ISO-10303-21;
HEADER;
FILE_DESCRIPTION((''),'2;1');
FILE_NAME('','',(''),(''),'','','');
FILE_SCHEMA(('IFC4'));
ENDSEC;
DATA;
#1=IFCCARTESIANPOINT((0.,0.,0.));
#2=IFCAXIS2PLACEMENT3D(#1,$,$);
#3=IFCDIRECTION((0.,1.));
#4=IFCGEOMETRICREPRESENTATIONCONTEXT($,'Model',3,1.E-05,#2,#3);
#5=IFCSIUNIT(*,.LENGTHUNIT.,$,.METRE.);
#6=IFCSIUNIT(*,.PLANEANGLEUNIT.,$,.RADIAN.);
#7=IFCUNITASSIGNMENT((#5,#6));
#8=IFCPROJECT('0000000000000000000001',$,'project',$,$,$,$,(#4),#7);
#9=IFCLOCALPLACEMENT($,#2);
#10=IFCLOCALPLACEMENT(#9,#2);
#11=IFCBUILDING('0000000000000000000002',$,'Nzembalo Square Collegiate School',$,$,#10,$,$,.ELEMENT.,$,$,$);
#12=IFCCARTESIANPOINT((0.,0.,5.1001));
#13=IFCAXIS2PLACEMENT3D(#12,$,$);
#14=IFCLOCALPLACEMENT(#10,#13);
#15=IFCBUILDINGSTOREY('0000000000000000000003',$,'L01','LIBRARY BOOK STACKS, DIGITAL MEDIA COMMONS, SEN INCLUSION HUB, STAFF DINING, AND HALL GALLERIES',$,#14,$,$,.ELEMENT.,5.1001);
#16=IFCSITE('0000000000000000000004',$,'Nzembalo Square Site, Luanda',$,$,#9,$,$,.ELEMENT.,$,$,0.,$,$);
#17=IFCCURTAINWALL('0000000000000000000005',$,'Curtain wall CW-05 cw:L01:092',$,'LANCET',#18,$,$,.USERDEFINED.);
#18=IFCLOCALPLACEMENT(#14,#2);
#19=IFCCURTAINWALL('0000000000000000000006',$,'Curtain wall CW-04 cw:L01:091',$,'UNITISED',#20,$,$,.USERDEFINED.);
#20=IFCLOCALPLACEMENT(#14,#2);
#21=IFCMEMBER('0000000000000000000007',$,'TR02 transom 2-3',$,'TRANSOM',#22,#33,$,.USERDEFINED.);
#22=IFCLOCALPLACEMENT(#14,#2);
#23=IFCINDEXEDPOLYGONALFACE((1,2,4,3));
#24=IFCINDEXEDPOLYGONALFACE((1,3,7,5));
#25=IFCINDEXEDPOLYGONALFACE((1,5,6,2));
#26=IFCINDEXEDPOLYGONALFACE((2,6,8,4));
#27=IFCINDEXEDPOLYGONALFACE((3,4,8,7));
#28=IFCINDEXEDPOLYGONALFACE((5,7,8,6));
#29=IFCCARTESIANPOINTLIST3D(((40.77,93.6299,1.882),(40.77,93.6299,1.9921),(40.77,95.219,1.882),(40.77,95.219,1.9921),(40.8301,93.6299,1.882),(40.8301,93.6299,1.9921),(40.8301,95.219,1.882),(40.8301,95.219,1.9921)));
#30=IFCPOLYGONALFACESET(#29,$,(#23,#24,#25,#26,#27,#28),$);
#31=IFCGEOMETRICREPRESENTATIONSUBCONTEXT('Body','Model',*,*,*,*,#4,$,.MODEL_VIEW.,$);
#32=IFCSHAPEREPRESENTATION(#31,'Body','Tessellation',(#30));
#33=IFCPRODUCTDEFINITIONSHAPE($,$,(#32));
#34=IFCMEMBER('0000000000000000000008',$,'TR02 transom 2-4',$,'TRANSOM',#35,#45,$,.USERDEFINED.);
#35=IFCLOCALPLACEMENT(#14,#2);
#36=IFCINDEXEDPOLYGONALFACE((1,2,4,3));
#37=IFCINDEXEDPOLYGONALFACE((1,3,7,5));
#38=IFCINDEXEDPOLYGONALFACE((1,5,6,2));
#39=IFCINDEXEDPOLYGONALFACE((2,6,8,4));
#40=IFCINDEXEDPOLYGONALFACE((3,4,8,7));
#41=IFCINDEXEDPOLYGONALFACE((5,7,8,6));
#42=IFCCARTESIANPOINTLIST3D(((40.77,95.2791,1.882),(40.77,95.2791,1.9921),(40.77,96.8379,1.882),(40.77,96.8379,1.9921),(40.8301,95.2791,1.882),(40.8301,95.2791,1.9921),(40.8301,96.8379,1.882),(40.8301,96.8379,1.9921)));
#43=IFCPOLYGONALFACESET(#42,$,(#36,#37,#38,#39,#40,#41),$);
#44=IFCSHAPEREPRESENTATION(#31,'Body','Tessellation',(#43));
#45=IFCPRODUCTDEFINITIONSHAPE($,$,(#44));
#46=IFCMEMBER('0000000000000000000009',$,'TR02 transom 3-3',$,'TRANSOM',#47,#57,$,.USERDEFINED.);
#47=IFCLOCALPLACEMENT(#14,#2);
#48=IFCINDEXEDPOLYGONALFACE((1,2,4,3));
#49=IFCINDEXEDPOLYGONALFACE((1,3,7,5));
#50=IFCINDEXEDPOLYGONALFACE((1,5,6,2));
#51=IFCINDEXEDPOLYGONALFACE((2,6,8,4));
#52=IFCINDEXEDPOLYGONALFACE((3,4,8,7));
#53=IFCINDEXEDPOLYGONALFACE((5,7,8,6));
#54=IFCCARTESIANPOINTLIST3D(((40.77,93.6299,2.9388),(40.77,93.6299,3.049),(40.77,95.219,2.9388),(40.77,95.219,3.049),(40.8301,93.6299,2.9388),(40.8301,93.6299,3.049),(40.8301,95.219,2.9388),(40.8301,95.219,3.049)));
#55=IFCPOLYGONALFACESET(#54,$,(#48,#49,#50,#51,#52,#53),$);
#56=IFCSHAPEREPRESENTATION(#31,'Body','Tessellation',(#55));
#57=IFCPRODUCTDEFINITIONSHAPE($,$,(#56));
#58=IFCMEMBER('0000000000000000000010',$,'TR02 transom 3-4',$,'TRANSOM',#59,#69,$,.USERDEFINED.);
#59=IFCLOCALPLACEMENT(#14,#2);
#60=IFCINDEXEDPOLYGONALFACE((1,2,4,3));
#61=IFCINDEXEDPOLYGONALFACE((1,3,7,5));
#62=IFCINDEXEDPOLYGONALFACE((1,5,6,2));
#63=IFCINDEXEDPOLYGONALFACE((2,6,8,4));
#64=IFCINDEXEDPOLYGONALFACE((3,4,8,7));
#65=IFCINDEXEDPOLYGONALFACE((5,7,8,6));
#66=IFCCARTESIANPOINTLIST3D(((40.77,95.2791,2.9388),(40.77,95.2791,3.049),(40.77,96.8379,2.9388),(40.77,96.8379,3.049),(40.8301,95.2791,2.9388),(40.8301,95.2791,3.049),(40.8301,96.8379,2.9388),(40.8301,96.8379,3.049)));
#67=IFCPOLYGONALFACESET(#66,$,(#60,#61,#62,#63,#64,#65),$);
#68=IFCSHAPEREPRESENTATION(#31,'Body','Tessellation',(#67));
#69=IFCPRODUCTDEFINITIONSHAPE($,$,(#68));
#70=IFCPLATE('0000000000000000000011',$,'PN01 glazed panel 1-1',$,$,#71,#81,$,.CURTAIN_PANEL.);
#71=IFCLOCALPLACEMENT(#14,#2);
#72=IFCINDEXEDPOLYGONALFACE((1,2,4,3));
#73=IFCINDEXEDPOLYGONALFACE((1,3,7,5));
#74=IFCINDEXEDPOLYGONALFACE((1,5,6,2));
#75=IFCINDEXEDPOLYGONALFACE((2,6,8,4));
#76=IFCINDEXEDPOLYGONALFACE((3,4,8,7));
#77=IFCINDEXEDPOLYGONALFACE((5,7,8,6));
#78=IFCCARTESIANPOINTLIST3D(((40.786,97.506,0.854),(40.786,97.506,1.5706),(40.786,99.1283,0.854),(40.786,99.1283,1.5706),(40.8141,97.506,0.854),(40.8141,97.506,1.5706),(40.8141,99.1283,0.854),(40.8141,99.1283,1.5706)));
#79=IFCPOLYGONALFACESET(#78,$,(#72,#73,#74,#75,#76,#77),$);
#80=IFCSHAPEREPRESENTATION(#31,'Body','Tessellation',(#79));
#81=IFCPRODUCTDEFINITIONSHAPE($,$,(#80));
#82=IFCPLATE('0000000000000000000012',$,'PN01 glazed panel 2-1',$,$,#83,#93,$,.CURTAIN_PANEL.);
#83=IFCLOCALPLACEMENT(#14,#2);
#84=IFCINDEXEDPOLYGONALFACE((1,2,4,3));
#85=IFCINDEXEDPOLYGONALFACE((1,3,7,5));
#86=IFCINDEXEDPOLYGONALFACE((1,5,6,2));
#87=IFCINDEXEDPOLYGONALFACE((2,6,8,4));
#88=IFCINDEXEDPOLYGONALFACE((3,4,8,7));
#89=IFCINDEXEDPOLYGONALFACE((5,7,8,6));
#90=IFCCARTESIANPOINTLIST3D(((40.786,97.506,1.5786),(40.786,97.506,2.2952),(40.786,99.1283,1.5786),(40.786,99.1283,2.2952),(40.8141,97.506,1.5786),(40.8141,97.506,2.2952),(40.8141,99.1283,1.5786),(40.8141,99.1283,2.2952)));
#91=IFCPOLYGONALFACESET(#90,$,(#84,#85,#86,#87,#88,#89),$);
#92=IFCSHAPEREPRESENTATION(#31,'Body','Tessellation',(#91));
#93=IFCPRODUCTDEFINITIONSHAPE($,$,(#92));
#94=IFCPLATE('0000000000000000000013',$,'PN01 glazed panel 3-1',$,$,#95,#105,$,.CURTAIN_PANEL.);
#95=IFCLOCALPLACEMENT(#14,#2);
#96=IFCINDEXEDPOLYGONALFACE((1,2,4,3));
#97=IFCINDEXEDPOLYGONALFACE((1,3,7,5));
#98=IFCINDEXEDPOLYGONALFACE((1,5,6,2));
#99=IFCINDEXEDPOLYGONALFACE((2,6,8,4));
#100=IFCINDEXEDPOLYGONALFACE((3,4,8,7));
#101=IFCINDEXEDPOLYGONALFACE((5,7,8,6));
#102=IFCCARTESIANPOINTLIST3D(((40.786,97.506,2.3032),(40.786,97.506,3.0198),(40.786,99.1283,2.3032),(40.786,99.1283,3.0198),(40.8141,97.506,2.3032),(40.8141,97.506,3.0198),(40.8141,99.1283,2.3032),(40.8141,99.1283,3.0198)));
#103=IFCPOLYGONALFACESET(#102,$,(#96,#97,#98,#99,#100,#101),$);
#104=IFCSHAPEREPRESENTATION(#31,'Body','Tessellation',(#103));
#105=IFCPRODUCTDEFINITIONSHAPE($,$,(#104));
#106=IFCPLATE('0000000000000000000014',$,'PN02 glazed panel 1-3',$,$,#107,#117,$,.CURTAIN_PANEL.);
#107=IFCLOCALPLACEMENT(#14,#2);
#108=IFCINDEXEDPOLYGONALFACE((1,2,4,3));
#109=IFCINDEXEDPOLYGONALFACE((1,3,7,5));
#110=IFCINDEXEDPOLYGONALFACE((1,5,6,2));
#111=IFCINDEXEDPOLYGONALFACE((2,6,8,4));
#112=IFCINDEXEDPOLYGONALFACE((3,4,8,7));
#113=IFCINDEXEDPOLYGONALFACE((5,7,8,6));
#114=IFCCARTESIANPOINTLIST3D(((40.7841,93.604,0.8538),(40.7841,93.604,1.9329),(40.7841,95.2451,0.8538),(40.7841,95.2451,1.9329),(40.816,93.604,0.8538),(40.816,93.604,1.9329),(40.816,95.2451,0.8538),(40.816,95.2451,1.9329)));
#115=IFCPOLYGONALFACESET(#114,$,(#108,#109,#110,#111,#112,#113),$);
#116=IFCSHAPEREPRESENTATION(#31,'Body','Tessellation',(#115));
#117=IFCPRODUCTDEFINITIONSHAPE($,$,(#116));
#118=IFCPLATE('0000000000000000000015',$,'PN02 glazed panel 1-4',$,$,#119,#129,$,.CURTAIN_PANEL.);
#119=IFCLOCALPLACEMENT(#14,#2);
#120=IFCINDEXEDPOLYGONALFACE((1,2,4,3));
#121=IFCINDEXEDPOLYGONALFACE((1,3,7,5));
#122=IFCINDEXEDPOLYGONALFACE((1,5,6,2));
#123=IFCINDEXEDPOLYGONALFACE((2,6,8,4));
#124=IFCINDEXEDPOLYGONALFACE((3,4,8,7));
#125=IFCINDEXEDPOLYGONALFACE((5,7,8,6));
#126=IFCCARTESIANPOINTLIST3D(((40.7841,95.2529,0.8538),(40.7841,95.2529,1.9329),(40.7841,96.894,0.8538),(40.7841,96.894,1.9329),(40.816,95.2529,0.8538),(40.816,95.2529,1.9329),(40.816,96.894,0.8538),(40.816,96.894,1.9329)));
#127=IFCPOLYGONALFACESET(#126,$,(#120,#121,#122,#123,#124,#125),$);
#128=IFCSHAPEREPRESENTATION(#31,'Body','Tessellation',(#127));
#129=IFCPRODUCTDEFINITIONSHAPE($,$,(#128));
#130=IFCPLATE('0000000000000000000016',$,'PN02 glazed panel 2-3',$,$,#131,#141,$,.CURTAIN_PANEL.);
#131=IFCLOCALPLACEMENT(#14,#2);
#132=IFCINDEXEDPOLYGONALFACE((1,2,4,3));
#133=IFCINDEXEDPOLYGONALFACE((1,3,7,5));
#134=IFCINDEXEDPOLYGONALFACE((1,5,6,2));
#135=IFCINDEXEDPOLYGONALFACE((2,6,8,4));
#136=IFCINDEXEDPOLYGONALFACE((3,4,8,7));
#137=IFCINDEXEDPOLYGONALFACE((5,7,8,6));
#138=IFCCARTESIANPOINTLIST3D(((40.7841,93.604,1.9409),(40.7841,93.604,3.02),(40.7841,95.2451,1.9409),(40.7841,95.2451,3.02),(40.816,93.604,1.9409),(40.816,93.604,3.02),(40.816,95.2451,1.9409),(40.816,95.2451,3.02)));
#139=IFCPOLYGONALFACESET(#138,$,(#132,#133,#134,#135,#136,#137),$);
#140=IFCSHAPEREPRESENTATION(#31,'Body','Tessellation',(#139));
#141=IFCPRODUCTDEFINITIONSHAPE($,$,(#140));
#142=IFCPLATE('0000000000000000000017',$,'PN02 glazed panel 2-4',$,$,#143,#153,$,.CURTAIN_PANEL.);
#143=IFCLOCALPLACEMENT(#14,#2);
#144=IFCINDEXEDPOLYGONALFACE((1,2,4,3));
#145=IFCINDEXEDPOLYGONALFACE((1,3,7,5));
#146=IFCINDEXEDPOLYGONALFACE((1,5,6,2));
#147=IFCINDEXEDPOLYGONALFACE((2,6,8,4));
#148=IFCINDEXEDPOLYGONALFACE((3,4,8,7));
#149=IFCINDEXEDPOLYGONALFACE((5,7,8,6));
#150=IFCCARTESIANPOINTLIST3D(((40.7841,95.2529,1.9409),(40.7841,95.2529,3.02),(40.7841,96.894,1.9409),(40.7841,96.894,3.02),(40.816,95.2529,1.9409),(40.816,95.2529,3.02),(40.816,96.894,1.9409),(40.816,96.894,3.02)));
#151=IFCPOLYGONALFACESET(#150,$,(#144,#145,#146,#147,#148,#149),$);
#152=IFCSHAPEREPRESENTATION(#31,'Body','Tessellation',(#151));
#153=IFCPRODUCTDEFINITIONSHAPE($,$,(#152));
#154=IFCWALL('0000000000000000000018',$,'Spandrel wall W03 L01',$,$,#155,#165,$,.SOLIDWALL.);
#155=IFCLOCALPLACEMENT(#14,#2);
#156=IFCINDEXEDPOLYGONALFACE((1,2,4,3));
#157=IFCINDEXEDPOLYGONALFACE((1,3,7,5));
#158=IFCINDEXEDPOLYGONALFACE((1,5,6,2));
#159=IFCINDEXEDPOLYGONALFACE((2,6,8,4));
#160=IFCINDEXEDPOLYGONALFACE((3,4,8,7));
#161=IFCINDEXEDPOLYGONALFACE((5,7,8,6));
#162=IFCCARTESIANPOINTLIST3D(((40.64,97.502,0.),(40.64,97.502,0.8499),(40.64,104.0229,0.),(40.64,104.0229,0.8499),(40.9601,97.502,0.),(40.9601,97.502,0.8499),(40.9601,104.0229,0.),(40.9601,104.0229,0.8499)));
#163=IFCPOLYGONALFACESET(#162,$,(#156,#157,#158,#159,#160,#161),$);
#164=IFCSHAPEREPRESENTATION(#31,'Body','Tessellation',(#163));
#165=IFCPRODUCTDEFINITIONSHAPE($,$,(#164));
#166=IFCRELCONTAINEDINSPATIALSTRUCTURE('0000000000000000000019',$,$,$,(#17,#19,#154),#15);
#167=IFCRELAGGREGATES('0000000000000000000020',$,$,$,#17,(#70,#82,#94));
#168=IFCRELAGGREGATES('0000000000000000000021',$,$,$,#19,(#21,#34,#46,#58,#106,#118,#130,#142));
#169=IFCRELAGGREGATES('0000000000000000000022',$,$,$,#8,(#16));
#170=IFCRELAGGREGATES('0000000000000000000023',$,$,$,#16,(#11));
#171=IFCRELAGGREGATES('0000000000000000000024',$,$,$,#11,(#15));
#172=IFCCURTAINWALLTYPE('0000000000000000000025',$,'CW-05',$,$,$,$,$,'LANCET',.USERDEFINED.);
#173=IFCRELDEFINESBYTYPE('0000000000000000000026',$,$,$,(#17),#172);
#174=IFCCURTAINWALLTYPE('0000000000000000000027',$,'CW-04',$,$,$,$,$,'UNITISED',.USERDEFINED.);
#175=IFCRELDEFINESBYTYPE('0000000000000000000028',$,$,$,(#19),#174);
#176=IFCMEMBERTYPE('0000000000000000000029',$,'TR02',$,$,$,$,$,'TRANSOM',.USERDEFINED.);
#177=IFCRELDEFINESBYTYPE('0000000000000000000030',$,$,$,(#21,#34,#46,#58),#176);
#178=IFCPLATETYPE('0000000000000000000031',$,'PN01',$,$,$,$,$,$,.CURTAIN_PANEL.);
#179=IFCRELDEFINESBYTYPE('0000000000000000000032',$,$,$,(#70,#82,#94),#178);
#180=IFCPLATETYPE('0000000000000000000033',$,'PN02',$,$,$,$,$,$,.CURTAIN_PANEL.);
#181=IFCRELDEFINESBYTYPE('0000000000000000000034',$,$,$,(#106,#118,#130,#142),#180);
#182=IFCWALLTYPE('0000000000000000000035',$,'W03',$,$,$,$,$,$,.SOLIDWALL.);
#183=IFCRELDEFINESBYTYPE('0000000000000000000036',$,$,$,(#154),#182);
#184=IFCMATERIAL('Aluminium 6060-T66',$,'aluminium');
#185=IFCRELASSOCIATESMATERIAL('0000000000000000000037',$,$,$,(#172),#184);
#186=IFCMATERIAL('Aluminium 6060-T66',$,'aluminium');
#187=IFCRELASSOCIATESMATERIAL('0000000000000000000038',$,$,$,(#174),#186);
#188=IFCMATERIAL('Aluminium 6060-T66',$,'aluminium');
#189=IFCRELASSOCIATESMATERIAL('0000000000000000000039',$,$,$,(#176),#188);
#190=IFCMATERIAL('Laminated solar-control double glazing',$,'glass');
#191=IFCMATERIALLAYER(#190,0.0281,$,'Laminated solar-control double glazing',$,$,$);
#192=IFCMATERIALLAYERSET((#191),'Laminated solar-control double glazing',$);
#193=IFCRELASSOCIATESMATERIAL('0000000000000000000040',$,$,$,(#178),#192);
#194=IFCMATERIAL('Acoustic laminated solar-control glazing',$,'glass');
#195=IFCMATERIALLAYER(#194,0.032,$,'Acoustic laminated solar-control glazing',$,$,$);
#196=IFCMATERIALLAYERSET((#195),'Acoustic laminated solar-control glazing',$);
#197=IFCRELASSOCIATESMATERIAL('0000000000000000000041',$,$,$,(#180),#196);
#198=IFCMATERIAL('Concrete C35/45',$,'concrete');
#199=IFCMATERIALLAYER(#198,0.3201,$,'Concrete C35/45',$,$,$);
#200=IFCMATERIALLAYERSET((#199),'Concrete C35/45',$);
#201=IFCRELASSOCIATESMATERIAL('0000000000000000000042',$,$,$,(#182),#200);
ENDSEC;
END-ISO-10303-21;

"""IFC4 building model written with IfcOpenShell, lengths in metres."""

from ifc_helpers import new_model, si_unit, direction, frame, frame_2d, origin, origin_2d, place, context, subcontext, project, spatial, rectangle, extrude, material, layer, layer_set, material_profile, profile_set, type_object, element, aggregate, save


model = new_model("IFC4")

# Units and contexts
model_context = context("Model", 3, precision=1e-05, world=origin(), true_north=direction((0.0, 1.0)))
body_context = subcontext(model_context, "Body", "Model", "MODEL_VIEW")
ifc_project = project(units=[si_unit("LENGTHUNIT", "METRE"), si_unit("PLANEANGLEUNIT", "RADIAN")], contexts=[model_context])

# Site, building, storey
site_placement = place(None, origin())
site = spatial("IfcSite", under=ifc_project, at=site_placement, Name="Nzembalo Square Site, Luanda", CompositionType="ELEMENT", RefElevation=0.0)
building_placement = place(site_placement, origin())
building = spatial("IfcBuilding", under=site, at=building_placement, Name="Nzembalo Square Collegiate School", CompositionType="ELEMENT")
storey_placement = place(building_placement, frame((0.0, 0.0, 5.1001)))
storey = spatial("IfcBuildingStorey", under=building, at=storey_placement, Name="L01", Description="LIBRARY BOOK STACKS, DIGITAL MEDIA COMMONS, SEN INCLUSION HUB, STAFF DINING, AND HALL GALLERIES", CompositionType="ELEMENT", Elevation=5.1001)

# Curtain walls
ifc_material_1 = material(Name="Aluminium 6060-T66", Category="aluminium")
curtain_wall_type_1 = type_object("IfcCurtainWallType", Name="CW-05", ElementType="LANCET", PredefinedType="USERDEFINED", material=ifc_material_1)
curtain_wall_1_placement = place(storey_placement, origin())
curtain_wall_1 = element("IfcCurtainWall", 1, at=curtain_wall_1_placement, inside=storey, type_object=curtain_wall_type_1, Name="Curtain wall CW-05 cw:L01:092", ObjectType="LANCET", PredefinedType="USERDEFINED")
ifc_material_2 = material(Name="Aluminium 6060-T66", Category="aluminium")
curtain_wall_type_2 = type_object("IfcCurtainWallType", Name="CW-04", ElementType="UNITISED", PredefinedType="USERDEFINED", material=ifc_material_2)
curtain_wall_2_placement = place(storey_placement, origin())
curtain_wall_2 = element("IfcCurtainWall", 2, at=curtain_wall_2_placement, inside=storey, type_object=curtain_wall_type_2, Name="Curtain wall CW-04 cw:L01:091", ObjectType="UNITISED", PredefinedType="USERDEFINED")

# Members
ifc_material_3 = material(Name="Aluminium 6060-T66", Category="aluminium")
ifc_material_profile_1 = material_profile(ifc_material_3, rectangle(XDim=0.0601, YDim=0.1101, at=origin_2d()), Name="ALU T60x110")
ifc_profile_set_1 = profile_set([ifc_material_profile_1], Name="Aluminium 6060-T66")
member_type_1 = type_object("IfcMemberType", Name="TR02", ElementType="TRANSOM", PredefinedType="USERDEFINED", material=ifc_profile_set_1)
member_1_placement = place(storey_placement, frame((40.8, 93.6299, 1.937), z_axis=(0.0, 1.0, 0.0), x_axis=(-1.0, 0.0, 0.0)))
member_1 = element("IfcMember", 3, at=member_1_placement, type_object=member_type_1, Name="TR02 transom 2-3", ObjectType="TRANSOM", PredefinedType="USERDEFINED", context=body_context, shape_type="SweptSolid", body=[
    extrude(rectangle(XDim=0.0601, YDim=0.1101, at=origin_2d()), origin(), (0.0, 0.0, 1.0), 1.5891),
])
member_2_placement = place(storey_placement, frame((40.8, 95.2791, 1.937), z_axis=(0.0, 1.0, 0.0), x_axis=(-1.0, 0.0, 0.0)))
member_2 = element("IfcMember", 4, at=member_2_placement, type_object=member_type_1, Name="TR02 transom 2-4", ObjectType="TRANSOM", PredefinedType="USERDEFINED", context=body_context, shape_type="SweptSolid", body=[
    extrude(rectangle(XDim=0.0601, YDim=0.1101, at=origin_2d()), origin(), (0.0, 0.0, 1.0), 1.5588),
])
member_3_placement = place(storey_placement, frame((40.8, 93.6299, 2.9939), z_axis=(0.0, 1.0, 0.0), x_axis=(-1.0, 0.0, 0.0)))
member_3 = element("IfcMember", 5, at=member_3_placement, type_object=member_type_1, Name="TR02 transom 3-3", ObjectType="TRANSOM", PredefinedType="USERDEFINED", context=body_context, shape_type="SweptSolid", body=[
    extrude(rectangle(XDim=0.0601, YDim=0.1101, at=origin_2d()), origin(), (0.0, 0.0, 1.0), 1.5891),
])
member_4_placement = place(storey_placement, frame((40.8, 95.2791, 2.9939), z_axis=(0.0, 1.0, 0.0), x_axis=(-1.0, 0.0, 0.0)))
member_4 = element("IfcMember", 6, at=member_4_placement, type_object=member_type_1, Name="TR02 transom 3-4", ObjectType="TRANSOM", PredefinedType="USERDEFINED", context=body_context, shape_type="SweptSolid", body=[
    extrude(rectangle(XDim=0.0601, YDim=0.1101, at=origin_2d()), origin(), (0.0, 0.0, 1.0), 1.5588),
])

# Plates
ifc_material_4 = material(Name="Laminated solar-control double glazing", Category="glass")
ifc_layer_1 = layer(ifc_material_4, 0.0281, Name="Laminated solar-control double glazing")
ifc_layer_set_1 = layer_set([ifc_layer_1], Name="Laminated solar-control double glazing")
plate_type_1 = type_object("IfcPlateType", Name="PN01", PredefinedType="CURTAIN_PANEL", material=ifc_layer_set_1)
plate_1_placement = place(storey_placement, frame((40.8, 98.3171, 0.854), z_axis=(0.0, 0.0, 1.0), x_axis=(0.0, 1.0, 0.0)))
plate_1 = element("IfcPlate", 7, at=plate_1_placement, type_object=plate_type_1, Name="PN01 glazed panel 1-1", PredefinedType="CURTAIN_PANEL", context=body_context, shape_type="SweptSolid", body=[
    extrude(rectangle(XDim=1.6223, YDim=0.0281, at=origin_2d()), origin(), (0.0, 0.0, 1.0), 0.7166),
])
plate_2_placement = place(storey_placement, frame((40.8, 98.3171, 1.5786), z_axis=(0.0, 0.0, 1.0), x_axis=(0.0, 1.0, 0.0)))
plate_2 = element("IfcPlate", 8, at=plate_2_placement, type_object=plate_type_1, Name="PN01 glazed panel 2-1", PredefinedType="CURTAIN_PANEL", context=body_context, shape_type="SweptSolid", body=[
    extrude(rectangle(XDim=1.6223, YDim=0.0281, at=origin_2d()), origin(), (0.0, 0.0, 1.0), 0.7166),
])
plate_3_placement = place(storey_placement, frame((40.8, 98.3171, 2.3032), z_axis=(0.0, 0.0, 1.0), x_axis=(0.0, 1.0, 0.0)))
plate_3 = element("IfcPlate", 9, at=plate_3_placement, type_object=plate_type_1, Name="PN01 glazed panel 3-1", PredefinedType="CURTAIN_PANEL", context=body_context, shape_type="SweptSolid", body=[
    extrude(rectangle(XDim=1.6223, YDim=0.0281, at=origin_2d()), origin(), (0.0, 0.0, 1.0), 0.7166),
])
aggregate(curtain_wall_1, [plate_1, plate_2, plate_3])
ifc_material_5 = material(Name="Acoustic laminated solar-control glazing", Category="glass")
ifc_layer_2 = layer(ifc_material_5, 0.032, Name="Acoustic laminated solar-control glazing")
ifc_layer_set_2 = layer_set([ifc_layer_2], Name="Acoustic laminated solar-control glazing")
plate_type_2 = type_object("IfcPlateType", Name="PN02", PredefinedType="CURTAIN_PANEL", material=ifc_layer_set_2)
plate_4_placement = place(storey_placement, frame((40.8, 94.4246, 0.8538), z_axis=(0.0, 0.0, 1.0), x_axis=(0.0, 1.0, 0.0)))
plate_4 = element("IfcPlate", 10, at=plate_4_placement, type_object=plate_type_2, Name="PN02 glazed panel 1-3", PredefinedType="CURTAIN_PANEL", context=body_context, shape_type="SweptSolid", body=[
    extrude(rectangle(XDim=1.6411, YDim=0.032, at=origin_2d()), origin(), (0.0, 0.0, 1.0), 1.0791),
])
plate_5_placement = place(storey_placement, frame((40.8, 96.0735, 0.8538), z_axis=(0.0, 0.0, 1.0), x_axis=(0.0, 1.0, 0.0)))
plate_5 = element("IfcPlate", 11, at=plate_5_placement, type_object=plate_type_2, Name="PN02 glazed panel 1-4", PredefinedType="CURTAIN_PANEL", context=body_context, shape_type="SweptSolid", body=[
    extrude(rectangle(XDim=1.6411, YDim=0.032, at=origin_2d()), origin(), (0.0, 0.0, 1.0), 1.0791),
])
plate_6_placement = place(storey_placement, frame((40.8, 94.4246, 1.9409), z_axis=(0.0, 0.0, 1.0), x_axis=(0.0, 1.0, 0.0)))
plate_6 = element("IfcPlate", 12, at=plate_6_placement, type_object=plate_type_2, Name="PN02 glazed panel 2-3", PredefinedType="CURTAIN_PANEL", context=body_context, shape_type="SweptSolid", body=[
    extrude(rectangle(XDim=1.6411, YDim=0.032, at=origin_2d()), origin(), (0.0, 0.0, 1.0), 1.0791),
])
plate_7_placement = place(storey_placement, frame((40.8, 96.0735, 1.9409), z_axis=(0.0, 0.0, 1.0), x_axis=(0.0, 1.0, 0.0)))
plate_7 = element("IfcPlate", 13, at=plate_7_placement, type_object=plate_type_2, Name="PN02 glazed panel 2-4", PredefinedType="CURTAIN_PANEL", context=body_context, shape_type="SweptSolid", body=[
    extrude(rectangle(XDim=1.6411, YDim=0.032, at=origin_2d()), origin(), (0.0, 0.0, 1.0), 1.0791),
])
aggregate(curtain_wall_2, [member_1, member_2, member_3, member_4, plate_4, plate_5, plate_6, plate_7])

# Wall
ifc_material_6 = material(Name="Concrete C35/45", Category="concrete")
ifc_layer_3 = layer(ifc_material_6, 0.3201, Name="Concrete C35/45")
ifc_layer_set_3 = layer_set([ifc_layer_3], Name="Concrete C35/45")
wall_type = type_object("IfcWallType", Name="W03", PredefinedType="SOLIDWALL", material=ifc_layer_set_3)
wall_placement = place(storey_placement, frame((40.8, 97.502, 0.0), z_axis=(0.0, 0.0, 1.0), x_axis=(0.0, 1.0, 0.0)))
element("IfcWall", 14, at=wall_placement, inside=storey, type_object=wall_type, Name="Spandrel wall W03 L01", PredefinedType="SOLIDWALL", context=body_context, shape_type="SweptSolid", body=[
    extrude(rectangle(XDim=6.521, YDim=0.3201, at=frame_2d((3.2605, 0.0))), origin(), (0.0, 0.0, 1.0), 0.8499),
])

save(model, "model.ifc")
